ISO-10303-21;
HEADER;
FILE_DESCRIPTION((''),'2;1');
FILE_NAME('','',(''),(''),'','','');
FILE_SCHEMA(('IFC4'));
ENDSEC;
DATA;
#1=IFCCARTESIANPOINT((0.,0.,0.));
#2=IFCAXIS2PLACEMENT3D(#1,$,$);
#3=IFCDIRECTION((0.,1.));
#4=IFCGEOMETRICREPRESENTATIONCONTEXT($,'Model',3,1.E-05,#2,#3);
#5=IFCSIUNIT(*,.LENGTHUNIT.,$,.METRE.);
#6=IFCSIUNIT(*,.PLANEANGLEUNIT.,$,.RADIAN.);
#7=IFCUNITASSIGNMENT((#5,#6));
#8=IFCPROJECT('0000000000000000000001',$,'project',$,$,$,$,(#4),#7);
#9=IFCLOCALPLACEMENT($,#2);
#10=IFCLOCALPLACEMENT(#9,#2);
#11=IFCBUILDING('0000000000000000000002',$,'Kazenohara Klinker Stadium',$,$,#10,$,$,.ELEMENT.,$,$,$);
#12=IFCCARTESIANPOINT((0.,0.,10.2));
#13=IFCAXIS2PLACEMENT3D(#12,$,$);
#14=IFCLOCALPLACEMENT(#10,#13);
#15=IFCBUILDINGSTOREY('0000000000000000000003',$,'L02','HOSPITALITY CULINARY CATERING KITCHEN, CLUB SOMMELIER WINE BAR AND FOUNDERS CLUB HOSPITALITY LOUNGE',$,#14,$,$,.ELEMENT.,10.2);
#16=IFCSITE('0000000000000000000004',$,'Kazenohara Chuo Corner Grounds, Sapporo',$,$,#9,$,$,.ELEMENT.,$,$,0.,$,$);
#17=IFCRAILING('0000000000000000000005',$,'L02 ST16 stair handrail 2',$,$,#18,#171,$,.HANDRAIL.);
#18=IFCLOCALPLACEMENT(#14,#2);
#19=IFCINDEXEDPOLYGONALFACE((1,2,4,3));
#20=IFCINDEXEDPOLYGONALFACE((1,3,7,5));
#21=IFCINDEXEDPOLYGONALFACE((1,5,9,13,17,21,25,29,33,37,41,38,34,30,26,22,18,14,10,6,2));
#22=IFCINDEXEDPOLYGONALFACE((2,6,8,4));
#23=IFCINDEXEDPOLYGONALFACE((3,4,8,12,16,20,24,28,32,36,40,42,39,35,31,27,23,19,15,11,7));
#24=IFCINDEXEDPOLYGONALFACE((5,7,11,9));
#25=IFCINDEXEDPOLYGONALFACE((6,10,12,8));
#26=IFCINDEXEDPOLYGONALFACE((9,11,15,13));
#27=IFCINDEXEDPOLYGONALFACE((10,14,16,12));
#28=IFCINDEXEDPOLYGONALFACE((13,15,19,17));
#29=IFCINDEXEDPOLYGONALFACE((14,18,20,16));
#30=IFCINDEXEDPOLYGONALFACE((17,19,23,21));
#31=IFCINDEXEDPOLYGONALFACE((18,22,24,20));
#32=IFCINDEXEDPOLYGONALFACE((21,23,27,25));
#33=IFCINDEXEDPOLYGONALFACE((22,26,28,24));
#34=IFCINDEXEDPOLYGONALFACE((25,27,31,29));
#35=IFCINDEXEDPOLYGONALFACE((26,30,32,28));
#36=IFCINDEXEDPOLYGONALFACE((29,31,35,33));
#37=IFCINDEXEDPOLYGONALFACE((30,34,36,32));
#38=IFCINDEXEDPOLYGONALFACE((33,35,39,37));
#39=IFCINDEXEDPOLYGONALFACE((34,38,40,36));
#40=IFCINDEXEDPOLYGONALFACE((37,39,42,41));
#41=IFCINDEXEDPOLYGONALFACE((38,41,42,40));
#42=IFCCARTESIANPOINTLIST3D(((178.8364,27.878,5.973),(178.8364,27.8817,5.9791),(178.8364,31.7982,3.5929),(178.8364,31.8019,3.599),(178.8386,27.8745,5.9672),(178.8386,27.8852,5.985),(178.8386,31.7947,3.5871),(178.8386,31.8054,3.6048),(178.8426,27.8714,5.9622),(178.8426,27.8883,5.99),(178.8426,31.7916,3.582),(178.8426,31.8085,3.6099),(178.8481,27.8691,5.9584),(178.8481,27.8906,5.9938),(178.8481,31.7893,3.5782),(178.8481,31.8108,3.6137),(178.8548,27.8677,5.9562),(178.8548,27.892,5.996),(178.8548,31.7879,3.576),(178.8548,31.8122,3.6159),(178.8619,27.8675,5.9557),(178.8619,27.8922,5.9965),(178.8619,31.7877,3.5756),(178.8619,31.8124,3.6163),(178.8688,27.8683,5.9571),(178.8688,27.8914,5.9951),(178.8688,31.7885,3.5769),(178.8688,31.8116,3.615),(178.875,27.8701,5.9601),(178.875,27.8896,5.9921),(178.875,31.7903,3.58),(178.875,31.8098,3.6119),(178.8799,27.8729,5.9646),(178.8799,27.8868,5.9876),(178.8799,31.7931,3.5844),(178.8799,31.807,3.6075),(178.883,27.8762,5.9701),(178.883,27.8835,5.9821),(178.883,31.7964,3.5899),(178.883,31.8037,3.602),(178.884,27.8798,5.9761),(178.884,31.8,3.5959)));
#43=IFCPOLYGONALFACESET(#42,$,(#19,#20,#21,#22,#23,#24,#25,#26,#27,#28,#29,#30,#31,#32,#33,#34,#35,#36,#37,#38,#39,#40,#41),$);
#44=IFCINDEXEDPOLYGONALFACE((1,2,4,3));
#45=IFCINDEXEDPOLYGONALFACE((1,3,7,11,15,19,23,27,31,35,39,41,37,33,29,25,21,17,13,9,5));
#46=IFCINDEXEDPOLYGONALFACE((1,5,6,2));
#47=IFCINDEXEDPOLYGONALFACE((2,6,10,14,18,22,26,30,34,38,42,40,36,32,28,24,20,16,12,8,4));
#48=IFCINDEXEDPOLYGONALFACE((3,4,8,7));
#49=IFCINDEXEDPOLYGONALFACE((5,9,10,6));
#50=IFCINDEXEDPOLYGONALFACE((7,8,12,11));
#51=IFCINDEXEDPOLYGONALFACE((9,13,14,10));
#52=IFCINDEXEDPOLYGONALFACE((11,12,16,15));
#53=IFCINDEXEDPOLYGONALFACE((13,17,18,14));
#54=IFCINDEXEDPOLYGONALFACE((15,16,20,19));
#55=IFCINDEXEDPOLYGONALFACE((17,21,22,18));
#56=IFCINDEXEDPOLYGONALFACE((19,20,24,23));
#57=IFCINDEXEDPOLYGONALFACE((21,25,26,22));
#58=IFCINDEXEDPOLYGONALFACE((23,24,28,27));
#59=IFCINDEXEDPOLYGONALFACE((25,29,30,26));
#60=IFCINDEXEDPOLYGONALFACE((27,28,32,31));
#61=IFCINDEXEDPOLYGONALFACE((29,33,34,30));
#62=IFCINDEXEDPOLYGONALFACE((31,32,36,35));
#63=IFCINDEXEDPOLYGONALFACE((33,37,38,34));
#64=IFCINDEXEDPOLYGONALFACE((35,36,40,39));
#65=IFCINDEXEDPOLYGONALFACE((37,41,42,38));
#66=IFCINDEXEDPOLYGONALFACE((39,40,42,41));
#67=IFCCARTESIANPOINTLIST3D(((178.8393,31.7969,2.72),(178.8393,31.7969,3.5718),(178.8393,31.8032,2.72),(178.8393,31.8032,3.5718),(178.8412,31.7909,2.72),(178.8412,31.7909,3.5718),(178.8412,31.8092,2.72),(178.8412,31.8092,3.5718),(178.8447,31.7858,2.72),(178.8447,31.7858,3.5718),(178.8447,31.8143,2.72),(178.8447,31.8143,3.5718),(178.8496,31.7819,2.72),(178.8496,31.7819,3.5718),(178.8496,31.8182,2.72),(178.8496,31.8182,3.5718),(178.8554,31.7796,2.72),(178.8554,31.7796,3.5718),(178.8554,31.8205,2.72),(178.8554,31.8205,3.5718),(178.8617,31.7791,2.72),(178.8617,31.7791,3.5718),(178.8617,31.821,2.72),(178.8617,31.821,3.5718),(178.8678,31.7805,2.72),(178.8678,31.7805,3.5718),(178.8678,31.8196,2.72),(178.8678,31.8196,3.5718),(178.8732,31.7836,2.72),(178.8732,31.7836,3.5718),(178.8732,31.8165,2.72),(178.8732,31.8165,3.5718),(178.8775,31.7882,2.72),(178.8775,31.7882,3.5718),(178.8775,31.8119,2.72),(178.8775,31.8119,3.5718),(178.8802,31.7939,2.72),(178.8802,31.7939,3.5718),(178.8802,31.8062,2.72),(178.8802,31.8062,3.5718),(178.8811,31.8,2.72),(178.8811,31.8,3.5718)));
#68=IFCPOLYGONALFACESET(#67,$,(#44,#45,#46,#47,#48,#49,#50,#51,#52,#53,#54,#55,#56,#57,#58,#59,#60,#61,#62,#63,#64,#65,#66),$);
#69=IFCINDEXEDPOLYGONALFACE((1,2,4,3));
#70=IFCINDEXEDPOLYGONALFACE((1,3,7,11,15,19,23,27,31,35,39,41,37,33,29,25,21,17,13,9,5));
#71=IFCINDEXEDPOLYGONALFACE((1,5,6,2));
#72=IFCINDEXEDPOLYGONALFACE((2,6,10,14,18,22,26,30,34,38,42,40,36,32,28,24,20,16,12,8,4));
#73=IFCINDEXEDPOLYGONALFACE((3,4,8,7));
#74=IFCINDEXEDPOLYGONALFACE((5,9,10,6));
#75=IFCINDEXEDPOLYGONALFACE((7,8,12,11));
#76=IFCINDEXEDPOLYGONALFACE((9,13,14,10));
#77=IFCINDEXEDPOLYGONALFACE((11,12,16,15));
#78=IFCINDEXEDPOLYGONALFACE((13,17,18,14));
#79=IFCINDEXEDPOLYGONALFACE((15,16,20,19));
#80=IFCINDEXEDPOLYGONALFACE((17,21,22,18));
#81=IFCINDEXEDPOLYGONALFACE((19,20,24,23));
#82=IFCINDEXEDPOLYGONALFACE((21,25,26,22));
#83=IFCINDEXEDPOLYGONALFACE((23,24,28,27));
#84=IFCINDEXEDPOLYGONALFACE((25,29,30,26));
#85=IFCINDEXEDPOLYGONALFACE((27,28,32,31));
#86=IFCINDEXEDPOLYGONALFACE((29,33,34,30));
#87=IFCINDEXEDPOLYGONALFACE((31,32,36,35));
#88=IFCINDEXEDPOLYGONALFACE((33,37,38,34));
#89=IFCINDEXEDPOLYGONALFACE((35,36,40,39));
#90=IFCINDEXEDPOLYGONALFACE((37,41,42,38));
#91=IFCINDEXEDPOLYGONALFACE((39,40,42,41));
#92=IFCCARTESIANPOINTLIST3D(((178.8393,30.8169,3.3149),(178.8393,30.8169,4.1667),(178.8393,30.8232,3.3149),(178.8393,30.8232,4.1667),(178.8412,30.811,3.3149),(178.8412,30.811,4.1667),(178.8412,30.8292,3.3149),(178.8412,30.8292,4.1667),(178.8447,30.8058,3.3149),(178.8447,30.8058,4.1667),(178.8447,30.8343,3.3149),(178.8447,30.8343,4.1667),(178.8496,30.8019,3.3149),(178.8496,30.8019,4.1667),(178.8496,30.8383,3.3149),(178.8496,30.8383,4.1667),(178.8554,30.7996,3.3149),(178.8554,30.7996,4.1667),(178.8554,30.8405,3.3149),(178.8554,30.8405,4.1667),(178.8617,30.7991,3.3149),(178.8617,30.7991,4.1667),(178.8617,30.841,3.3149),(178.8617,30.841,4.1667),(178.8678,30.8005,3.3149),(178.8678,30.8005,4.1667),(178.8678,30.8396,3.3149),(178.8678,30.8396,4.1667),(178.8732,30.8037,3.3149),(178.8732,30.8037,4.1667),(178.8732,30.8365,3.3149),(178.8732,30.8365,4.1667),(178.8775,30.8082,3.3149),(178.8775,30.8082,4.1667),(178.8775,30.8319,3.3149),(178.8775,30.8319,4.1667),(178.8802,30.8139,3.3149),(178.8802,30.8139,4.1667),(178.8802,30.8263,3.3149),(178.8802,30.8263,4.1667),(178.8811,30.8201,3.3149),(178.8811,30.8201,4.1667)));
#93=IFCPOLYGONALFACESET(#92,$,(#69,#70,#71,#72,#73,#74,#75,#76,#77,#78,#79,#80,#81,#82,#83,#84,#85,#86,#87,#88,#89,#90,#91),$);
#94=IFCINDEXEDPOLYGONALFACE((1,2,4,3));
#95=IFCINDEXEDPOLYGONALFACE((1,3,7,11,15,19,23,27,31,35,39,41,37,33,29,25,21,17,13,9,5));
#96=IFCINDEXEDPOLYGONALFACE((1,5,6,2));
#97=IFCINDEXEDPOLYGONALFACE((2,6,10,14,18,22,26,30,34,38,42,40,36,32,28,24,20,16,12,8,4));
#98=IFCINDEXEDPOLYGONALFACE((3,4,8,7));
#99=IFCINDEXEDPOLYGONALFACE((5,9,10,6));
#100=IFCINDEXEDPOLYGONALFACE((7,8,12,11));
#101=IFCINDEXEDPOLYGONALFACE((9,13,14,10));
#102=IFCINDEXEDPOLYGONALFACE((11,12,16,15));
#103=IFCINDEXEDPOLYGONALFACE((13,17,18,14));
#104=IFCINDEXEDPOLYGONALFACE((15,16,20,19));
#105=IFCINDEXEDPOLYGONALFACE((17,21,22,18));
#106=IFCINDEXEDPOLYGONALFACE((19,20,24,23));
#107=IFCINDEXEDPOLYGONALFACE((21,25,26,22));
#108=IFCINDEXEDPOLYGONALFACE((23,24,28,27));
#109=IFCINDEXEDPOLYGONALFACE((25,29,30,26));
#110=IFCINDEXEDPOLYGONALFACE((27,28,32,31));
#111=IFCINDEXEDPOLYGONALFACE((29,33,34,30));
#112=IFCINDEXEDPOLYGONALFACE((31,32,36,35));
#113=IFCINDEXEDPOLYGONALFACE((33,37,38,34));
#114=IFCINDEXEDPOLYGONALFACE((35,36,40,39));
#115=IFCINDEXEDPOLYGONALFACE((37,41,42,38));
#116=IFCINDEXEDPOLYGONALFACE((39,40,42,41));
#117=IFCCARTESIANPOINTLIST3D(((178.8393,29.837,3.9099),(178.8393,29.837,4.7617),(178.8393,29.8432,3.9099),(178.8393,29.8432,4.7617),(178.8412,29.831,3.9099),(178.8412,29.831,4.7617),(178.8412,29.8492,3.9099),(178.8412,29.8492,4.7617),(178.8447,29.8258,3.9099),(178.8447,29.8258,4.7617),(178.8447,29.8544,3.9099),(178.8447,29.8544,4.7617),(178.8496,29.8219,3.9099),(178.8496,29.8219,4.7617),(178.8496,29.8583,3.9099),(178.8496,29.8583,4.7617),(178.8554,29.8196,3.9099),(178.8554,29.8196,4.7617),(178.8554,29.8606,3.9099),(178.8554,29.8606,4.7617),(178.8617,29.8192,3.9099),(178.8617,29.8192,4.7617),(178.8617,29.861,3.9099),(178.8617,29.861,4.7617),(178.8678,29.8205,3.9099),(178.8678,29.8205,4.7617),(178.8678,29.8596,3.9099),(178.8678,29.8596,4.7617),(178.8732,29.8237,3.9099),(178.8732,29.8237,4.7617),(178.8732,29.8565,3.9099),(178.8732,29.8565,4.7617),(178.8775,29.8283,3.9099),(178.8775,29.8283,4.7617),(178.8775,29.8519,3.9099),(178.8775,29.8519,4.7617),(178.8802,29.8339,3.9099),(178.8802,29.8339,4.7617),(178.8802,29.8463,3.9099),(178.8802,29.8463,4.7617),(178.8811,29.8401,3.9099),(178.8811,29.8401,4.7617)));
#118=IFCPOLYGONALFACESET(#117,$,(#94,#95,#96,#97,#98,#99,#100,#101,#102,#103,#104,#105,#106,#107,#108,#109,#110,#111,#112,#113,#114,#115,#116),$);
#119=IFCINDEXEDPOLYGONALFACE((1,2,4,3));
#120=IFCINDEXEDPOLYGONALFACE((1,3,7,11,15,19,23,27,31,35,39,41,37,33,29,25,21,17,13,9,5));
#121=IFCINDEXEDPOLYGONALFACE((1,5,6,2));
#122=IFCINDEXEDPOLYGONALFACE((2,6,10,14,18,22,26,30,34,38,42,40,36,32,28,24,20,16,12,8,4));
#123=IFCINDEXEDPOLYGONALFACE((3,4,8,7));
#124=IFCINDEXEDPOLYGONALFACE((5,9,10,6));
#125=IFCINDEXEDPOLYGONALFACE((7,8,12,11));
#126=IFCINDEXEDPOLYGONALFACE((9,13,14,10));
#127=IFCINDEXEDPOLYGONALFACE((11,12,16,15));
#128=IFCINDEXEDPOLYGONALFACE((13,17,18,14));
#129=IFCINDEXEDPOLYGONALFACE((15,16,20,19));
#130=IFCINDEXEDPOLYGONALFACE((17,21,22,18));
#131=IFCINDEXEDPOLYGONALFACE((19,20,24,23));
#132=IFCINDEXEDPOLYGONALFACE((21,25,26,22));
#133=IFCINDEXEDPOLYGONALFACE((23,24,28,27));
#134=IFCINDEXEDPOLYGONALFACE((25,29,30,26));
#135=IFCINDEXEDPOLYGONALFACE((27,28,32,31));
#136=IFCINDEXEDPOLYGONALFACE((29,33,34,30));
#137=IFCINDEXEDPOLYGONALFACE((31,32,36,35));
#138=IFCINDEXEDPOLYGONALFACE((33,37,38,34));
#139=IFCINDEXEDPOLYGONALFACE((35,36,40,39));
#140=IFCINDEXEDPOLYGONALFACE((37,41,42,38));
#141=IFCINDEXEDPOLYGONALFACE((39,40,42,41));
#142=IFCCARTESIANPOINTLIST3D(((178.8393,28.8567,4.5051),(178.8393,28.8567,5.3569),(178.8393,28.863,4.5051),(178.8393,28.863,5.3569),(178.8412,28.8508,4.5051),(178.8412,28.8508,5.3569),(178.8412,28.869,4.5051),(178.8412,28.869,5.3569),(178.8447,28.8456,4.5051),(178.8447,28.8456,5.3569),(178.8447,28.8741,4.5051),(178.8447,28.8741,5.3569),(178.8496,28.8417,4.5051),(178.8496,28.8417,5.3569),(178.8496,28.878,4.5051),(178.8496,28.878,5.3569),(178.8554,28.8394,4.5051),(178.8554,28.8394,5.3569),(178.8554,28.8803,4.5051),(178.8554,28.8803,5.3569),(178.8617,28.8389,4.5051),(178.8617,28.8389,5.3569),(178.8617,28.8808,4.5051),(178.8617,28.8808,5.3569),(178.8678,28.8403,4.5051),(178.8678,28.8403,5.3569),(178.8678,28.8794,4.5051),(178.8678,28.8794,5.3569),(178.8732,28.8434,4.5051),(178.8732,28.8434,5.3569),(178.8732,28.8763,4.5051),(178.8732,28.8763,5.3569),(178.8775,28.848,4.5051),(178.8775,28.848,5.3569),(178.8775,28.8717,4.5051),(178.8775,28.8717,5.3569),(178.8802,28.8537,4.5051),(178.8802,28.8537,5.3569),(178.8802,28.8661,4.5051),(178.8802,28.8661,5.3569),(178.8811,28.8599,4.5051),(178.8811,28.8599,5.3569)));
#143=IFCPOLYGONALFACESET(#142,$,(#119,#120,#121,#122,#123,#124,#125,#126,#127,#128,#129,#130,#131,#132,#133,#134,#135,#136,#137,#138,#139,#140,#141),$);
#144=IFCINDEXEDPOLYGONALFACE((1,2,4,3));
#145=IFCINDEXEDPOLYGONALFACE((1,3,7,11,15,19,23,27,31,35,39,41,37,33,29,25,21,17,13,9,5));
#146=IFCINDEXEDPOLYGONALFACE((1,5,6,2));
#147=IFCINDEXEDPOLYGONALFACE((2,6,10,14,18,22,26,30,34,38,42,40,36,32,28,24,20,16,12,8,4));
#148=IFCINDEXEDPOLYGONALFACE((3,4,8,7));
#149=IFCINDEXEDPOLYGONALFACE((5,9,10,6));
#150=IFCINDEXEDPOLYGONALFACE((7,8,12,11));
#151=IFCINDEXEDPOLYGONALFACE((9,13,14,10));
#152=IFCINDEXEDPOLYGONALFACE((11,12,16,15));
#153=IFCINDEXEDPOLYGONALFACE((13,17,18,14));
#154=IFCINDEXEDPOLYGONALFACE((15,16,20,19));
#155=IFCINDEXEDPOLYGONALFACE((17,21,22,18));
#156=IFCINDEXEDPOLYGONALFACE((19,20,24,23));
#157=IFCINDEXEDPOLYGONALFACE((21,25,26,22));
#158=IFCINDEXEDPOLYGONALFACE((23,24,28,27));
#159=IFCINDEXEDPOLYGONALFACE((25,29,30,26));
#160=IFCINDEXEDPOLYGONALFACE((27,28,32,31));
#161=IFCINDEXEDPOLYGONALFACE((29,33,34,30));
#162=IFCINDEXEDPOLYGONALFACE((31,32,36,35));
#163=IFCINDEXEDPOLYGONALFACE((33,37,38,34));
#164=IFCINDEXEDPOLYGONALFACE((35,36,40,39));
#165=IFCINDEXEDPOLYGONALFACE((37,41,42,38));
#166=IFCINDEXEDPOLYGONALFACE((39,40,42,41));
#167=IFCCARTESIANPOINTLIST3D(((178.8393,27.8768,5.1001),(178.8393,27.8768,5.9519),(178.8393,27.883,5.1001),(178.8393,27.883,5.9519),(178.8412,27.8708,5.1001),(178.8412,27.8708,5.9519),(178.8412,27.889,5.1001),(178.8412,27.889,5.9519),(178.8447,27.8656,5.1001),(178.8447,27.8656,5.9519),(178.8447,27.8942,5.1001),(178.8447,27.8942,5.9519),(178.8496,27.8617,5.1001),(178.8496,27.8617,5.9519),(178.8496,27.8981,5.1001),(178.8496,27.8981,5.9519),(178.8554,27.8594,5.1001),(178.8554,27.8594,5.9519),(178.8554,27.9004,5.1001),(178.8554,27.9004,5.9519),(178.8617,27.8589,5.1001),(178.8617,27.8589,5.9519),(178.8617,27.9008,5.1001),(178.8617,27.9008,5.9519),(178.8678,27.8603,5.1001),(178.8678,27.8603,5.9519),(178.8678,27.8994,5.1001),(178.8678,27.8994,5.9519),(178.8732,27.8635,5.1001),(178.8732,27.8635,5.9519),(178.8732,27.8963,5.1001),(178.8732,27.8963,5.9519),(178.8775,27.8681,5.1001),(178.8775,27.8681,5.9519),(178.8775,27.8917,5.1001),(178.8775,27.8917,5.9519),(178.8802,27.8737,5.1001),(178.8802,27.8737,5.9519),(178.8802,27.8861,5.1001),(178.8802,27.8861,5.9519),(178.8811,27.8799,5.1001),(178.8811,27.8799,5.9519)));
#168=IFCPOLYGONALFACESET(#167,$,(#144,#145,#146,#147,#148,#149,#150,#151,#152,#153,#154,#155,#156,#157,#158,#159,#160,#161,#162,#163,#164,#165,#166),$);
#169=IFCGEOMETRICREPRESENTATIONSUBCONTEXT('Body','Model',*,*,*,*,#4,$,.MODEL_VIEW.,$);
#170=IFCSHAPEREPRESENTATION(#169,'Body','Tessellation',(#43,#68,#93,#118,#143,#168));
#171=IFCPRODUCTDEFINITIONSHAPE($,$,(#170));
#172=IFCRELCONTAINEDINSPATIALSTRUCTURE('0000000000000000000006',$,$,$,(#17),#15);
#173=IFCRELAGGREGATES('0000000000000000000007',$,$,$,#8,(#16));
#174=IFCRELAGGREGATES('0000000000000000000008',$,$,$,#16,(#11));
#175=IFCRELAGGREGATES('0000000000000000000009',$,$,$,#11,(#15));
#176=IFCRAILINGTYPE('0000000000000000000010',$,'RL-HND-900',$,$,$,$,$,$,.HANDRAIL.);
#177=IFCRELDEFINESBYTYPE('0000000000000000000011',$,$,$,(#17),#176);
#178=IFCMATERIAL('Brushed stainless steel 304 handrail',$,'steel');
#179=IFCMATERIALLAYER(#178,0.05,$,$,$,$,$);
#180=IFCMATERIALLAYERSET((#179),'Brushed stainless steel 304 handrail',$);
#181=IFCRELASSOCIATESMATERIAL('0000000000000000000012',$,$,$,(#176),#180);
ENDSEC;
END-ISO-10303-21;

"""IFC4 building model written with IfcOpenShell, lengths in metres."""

from ifc_helpers import new_model, si_unit, direction, frame, origin, origin_2d, place, context, subcontext, project, spatial, circle, extrude, material, layer, layer_set, type_object, element, save


model = new_model("IFC4")

# Units and contexts
model_context = context("Model", 3, precision=1e-05, world=origin(), true_north=direction((0.0, 1.0)))
body_context = subcontext(model_context, "Body", "Model", "MODEL_VIEW")
ifc_project = project(units=[si_unit("LENGTHUNIT", "METRE"), si_unit("PLANEANGLEUNIT", "RADIAN")], contexts=[model_context])

# Site, building, storey
site_placement = place(None, origin())
site = spatial("IfcSite", under=ifc_project, at=site_placement, Name="Kazenohara Chuo Corner Grounds, Sapporo", CompositionType="ELEMENT", RefElevation=0.0)
building_placement = place(site_placement, origin())
building = spatial("IfcBuilding", under=site, at=building_placement, Name="Kazenohara Klinker Stadium", CompositionType="ELEMENT")
storey_placement = place(building_placement, frame((0.0, 0.0, 10.2)))
storey = spatial("IfcBuildingStorey", under=building, at=storey_placement, Name="L02", Description="HOSPITALITY CULINARY CATERING KITCHEN, CLUB SOMMELIER WINE BAR AND FOUNDERS CLUB HOSPITALITY LOUNGE", CompositionType="ELEMENT", Elevation=10.2)

# Railing
ifc_material_1 = material(Name="Brushed stainless steel 304 handrail", Category="steel")
ifc_layer_1 = layer(ifc_material_1, 0.05)
ifc_layer_set_1 = layer_set([ifc_layer_1], Name="Brushed stainless steel 304 handrail")
railing_type_1 = type_object("IfcRailingType", Name="RL-HND-900", PredefinedType="HANDRAIL", material=ifc_layer_set_1)
railing_1_placement = place(storey_placement, frame((178.8601, 31.8, 2.72)))
element("IfcRailing", 1, at=railing_1_placement, inside=storey, type_object=railing_type_1, Name="L02 ST16 stair handrail 2", PredefinedType="HANDRAIL", context=body_context, shape_type="SweptSolid", body=[
    extrude(circle(Radius=0.0239, at=origin_2d()), frame((0.0, 0.0, 0.876), z_axis=(0.0, -0.854785, 0.518982), x_axis=(1.0, 0.0, 0.0)), (0.0, 0.0, 1.0), 4.5862),
    extrude(circle(Radius=0.021, at=origin_2d()), origin(), (0.0, 0.0, 1.0), 0.8518),
    extrude(circle(Radius=0.021, at=origin_2d()), frame((0.0, -0.98, 0.595)), (0.0, 0.0, 1.0), 0.8518),
    extrude(circle(Radius=0.021, at=origin_2d()), frame((0.0, -1.96, 1.1899)), (0.0, 0.0, 1.0), 0.8518),
    extrude(circle(Radius=0.021, at=origin_2d()), frame((0.0, -2.9402, 1.7852)), (0.0, 0.0, 1.0), 0.8518),
    extrude(circle(Radius=0.021, at=origin_2d()), frame((0.0, -3.9202, 2.3801)), (0.0, 0.0, 1.0), 0.8518),
])

save(model, "model.ifc")
